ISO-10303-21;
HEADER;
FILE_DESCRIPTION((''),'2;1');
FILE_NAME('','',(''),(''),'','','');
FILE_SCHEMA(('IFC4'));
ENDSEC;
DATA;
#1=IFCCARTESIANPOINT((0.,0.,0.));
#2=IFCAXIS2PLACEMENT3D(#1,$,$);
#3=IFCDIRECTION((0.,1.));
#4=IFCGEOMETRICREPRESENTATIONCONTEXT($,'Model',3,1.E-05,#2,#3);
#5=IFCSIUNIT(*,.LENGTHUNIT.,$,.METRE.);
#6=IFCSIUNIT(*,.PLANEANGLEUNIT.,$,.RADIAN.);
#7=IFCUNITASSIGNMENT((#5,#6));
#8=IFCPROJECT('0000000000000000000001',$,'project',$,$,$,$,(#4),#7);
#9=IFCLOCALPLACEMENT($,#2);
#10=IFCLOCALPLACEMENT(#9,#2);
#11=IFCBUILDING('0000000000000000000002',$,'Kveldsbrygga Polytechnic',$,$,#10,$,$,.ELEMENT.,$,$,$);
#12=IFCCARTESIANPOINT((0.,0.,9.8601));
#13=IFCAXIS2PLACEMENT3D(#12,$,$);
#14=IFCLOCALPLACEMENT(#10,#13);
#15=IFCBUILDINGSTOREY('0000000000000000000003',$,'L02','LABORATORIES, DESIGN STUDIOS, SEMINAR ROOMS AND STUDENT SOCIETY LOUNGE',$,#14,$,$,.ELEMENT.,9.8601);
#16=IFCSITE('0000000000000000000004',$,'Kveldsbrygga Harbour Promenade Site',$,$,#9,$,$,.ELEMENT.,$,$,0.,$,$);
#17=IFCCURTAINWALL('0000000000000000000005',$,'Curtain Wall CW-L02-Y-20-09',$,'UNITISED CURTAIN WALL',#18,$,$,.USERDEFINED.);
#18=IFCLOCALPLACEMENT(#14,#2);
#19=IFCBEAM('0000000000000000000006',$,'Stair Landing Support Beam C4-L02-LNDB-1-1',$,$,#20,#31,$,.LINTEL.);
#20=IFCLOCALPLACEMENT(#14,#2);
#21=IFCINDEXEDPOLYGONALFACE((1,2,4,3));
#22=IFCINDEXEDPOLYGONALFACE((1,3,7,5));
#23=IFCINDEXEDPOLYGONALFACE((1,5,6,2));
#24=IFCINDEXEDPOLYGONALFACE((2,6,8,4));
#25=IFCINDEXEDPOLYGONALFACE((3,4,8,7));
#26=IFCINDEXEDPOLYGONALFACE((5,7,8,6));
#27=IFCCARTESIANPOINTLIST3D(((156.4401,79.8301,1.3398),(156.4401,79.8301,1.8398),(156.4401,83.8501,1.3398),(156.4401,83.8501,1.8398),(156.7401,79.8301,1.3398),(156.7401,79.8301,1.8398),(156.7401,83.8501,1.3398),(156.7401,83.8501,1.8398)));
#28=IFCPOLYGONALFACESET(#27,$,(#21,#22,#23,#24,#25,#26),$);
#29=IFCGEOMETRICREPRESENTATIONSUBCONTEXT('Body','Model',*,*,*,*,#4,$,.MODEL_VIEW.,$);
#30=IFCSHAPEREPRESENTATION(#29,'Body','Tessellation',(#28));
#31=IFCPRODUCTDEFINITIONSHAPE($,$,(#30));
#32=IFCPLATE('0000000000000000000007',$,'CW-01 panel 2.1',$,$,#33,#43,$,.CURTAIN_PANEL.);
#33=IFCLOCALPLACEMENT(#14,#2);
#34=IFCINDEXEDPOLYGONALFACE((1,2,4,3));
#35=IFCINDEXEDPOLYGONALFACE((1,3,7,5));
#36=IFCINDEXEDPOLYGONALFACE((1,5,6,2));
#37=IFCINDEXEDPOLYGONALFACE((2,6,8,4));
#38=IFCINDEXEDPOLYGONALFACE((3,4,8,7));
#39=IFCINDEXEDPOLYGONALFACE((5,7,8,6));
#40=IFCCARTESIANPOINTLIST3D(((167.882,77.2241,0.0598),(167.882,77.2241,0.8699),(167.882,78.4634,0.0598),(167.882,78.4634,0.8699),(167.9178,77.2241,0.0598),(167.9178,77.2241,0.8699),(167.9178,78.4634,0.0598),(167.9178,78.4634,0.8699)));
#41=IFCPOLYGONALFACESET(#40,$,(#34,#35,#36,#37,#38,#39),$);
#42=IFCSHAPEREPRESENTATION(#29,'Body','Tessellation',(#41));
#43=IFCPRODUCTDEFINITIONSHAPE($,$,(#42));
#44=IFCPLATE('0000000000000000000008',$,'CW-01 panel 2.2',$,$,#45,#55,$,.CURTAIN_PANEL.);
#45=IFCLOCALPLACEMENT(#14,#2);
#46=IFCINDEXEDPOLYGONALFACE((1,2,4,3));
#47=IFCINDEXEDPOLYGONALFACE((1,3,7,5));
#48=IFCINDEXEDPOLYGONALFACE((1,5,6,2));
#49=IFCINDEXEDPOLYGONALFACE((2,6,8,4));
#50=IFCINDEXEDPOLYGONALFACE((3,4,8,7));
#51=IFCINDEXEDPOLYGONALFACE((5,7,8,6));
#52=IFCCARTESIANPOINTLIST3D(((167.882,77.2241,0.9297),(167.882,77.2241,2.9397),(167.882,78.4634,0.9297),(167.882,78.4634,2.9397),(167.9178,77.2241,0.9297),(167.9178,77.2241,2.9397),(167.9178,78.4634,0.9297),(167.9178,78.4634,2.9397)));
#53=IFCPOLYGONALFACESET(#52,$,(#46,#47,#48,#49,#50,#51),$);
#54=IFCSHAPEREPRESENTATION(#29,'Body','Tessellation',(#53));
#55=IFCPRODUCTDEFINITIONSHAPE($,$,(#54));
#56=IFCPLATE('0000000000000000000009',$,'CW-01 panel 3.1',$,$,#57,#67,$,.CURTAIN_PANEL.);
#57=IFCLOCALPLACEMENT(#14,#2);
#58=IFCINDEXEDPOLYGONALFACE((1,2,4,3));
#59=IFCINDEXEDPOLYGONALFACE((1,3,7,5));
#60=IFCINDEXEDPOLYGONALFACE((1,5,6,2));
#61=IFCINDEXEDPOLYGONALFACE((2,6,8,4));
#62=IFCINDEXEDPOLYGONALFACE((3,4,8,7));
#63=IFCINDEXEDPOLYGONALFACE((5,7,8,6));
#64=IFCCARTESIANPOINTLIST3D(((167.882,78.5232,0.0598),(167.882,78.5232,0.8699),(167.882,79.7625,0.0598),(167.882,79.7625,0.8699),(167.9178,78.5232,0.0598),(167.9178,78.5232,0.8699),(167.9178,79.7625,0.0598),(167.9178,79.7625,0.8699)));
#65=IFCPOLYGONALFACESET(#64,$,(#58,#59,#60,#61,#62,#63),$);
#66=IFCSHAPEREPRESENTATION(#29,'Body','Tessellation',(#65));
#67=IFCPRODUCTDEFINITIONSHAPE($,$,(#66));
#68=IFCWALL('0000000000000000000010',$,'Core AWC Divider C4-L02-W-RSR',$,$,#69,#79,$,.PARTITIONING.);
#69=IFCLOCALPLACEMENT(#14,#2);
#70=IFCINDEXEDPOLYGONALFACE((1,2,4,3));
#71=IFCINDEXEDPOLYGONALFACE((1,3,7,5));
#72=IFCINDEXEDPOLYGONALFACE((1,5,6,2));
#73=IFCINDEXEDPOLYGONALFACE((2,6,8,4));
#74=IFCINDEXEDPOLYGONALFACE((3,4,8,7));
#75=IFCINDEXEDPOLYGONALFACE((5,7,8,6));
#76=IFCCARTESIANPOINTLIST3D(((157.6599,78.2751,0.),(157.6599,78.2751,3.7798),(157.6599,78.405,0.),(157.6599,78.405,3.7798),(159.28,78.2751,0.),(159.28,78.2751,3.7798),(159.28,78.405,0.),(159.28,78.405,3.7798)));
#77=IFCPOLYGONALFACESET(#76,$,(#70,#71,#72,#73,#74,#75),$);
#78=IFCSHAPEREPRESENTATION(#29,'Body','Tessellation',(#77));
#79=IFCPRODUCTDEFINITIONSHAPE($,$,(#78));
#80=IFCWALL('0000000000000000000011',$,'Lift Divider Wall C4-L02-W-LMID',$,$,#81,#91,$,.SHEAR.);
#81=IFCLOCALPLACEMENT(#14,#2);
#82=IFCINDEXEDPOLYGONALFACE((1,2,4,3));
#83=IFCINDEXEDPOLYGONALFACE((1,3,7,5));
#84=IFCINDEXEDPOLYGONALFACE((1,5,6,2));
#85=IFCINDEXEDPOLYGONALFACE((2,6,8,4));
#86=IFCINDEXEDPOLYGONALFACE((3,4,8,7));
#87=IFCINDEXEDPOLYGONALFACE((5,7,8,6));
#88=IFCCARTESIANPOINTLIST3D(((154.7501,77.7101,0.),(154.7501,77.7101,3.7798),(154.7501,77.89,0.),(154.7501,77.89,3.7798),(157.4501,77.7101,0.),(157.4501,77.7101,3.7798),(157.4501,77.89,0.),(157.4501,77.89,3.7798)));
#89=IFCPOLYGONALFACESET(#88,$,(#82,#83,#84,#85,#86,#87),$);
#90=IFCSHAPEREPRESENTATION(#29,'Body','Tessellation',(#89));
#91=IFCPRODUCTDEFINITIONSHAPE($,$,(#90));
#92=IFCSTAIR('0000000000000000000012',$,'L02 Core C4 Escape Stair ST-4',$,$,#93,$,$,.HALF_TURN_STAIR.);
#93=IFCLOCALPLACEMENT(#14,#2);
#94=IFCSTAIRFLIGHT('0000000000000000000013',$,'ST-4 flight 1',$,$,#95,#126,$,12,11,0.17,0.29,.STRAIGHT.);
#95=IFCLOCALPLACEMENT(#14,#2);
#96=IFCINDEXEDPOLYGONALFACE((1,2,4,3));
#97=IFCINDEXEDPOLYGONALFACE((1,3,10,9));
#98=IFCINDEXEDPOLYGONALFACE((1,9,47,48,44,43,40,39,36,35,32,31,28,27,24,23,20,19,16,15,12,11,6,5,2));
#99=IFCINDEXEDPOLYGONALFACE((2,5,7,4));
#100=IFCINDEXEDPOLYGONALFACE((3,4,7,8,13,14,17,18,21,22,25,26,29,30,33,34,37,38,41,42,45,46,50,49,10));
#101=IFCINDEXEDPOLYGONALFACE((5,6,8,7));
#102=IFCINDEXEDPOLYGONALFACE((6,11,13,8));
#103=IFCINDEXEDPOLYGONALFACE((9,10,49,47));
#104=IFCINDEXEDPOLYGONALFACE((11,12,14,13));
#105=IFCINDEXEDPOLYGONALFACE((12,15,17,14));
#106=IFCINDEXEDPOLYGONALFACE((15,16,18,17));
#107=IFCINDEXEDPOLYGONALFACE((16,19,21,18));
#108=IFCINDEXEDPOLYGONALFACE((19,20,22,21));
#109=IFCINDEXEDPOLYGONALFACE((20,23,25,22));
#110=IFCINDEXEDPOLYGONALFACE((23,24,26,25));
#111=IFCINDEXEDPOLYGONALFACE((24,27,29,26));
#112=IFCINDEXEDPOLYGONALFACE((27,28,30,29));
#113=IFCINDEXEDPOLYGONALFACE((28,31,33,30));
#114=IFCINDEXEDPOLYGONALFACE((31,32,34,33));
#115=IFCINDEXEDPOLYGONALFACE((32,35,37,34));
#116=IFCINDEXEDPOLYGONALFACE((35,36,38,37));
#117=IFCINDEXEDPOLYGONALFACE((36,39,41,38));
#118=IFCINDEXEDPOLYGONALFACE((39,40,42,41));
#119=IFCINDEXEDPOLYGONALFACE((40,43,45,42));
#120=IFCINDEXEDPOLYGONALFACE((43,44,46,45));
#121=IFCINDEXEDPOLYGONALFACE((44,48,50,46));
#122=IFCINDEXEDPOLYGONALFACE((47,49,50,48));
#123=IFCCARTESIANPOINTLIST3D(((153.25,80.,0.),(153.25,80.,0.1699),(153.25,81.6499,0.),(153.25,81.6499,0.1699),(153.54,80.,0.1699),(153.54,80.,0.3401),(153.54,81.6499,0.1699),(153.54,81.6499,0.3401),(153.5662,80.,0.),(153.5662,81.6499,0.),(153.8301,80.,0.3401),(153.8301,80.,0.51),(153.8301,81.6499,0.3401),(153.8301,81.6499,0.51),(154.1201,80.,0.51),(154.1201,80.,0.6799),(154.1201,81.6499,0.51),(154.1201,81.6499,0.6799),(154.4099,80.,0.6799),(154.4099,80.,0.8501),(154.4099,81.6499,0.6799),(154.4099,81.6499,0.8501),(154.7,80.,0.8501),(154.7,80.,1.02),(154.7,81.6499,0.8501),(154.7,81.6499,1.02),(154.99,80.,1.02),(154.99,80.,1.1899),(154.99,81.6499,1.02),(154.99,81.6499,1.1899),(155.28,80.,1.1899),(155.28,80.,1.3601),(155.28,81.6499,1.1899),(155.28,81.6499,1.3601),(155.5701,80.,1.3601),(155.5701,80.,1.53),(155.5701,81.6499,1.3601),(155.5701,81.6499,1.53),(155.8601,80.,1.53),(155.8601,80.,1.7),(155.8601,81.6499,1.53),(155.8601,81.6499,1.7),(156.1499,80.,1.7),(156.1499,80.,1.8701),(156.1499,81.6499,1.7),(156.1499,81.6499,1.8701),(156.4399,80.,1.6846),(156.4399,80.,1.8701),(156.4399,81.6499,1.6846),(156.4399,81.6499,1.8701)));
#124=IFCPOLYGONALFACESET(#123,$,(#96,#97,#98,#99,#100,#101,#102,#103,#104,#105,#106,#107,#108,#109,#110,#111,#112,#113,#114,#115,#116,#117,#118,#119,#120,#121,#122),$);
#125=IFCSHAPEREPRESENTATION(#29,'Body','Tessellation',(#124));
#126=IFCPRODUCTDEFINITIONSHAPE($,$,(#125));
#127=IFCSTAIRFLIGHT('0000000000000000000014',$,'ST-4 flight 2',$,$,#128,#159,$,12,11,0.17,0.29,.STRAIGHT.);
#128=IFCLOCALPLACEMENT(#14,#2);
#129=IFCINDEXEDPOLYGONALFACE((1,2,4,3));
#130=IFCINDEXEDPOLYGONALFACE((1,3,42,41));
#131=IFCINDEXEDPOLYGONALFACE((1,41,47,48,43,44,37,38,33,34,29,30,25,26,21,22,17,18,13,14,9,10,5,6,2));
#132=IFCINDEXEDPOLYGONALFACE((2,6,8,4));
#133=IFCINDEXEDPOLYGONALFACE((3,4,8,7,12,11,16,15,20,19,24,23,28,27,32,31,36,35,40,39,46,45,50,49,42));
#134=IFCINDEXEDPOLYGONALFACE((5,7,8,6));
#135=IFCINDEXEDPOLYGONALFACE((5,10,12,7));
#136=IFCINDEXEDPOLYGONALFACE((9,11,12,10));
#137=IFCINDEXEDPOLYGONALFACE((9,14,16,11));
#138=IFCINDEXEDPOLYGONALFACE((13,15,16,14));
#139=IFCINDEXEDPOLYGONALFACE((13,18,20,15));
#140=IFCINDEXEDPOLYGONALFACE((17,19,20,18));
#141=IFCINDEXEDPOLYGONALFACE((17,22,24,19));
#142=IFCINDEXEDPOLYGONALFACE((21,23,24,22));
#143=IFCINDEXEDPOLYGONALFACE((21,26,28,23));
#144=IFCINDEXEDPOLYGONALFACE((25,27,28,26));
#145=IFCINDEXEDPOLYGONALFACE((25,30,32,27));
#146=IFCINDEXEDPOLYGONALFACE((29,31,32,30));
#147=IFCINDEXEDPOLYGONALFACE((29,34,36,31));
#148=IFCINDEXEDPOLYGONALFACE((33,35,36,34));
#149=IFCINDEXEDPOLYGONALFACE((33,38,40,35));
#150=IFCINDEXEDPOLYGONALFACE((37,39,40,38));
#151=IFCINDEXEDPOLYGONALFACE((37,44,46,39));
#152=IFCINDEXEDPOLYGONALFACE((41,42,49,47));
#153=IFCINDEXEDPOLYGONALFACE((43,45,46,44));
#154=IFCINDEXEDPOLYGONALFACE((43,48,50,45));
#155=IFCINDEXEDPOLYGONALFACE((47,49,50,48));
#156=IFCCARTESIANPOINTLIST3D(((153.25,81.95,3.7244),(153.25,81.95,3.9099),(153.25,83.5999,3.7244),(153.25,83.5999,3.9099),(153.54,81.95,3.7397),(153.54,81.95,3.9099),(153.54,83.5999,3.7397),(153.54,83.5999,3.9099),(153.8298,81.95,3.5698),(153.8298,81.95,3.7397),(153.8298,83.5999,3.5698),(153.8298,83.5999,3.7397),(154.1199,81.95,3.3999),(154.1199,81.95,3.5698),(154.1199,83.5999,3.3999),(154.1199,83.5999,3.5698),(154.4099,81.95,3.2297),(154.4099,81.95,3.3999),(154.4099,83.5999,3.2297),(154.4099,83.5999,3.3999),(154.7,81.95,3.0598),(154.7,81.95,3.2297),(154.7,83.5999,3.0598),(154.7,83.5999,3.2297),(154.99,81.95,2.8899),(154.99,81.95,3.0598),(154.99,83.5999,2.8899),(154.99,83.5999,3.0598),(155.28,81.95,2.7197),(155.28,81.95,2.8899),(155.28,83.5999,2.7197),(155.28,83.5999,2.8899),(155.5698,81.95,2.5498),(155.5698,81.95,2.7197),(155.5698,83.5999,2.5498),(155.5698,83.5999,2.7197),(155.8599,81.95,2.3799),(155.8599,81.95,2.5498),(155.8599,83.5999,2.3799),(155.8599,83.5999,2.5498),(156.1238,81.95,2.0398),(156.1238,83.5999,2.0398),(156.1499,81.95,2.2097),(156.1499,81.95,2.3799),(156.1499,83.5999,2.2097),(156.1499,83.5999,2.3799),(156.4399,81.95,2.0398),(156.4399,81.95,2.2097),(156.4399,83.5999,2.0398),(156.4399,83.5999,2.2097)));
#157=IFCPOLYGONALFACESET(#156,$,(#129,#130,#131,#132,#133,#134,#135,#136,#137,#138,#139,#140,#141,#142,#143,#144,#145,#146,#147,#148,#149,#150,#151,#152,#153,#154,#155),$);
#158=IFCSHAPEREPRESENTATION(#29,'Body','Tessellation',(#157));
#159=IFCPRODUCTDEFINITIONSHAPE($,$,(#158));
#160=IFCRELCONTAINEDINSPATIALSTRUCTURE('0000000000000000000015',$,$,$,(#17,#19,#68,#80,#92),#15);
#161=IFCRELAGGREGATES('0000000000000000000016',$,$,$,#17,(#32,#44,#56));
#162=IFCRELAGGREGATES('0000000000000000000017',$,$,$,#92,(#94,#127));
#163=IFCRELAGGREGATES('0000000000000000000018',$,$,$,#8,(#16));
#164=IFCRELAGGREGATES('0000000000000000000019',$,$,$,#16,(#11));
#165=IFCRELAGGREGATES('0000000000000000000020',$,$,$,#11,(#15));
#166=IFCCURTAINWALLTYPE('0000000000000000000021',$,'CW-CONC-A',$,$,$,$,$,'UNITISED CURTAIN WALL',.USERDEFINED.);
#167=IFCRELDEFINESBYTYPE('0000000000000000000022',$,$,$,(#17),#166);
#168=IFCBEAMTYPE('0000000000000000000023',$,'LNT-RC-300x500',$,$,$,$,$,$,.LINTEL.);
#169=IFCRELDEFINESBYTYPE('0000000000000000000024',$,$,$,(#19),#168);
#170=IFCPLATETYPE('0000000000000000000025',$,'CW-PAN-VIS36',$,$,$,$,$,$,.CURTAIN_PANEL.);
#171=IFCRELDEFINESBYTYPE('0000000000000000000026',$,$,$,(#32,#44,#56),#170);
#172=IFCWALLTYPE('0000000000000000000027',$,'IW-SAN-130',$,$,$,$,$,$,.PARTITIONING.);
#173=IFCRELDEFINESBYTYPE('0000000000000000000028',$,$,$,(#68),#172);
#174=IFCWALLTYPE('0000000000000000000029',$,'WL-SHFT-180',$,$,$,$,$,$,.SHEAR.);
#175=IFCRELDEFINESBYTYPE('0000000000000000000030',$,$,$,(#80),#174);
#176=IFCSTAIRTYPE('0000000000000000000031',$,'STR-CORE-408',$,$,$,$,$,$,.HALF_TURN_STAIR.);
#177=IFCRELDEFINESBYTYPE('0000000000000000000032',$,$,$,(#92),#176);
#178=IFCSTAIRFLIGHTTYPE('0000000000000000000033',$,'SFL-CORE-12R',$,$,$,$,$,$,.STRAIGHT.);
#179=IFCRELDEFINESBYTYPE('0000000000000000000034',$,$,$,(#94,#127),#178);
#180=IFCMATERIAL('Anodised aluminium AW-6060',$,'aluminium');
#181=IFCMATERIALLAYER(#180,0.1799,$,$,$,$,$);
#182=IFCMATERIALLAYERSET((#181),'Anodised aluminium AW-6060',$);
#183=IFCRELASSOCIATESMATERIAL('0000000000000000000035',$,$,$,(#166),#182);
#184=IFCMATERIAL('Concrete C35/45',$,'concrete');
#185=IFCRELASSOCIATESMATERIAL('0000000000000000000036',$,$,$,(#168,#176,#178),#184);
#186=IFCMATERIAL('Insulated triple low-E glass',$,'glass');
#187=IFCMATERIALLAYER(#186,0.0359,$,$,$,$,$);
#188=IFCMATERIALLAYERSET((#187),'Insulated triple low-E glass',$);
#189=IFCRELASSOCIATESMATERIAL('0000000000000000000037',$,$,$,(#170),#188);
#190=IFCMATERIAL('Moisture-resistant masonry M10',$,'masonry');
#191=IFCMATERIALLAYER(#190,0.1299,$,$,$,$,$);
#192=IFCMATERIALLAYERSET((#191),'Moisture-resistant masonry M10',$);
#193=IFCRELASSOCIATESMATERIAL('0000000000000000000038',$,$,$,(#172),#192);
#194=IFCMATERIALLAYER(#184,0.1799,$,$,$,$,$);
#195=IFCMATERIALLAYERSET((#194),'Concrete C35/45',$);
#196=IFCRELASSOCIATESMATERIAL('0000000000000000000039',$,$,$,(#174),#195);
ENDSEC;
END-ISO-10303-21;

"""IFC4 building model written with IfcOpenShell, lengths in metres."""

from ifc_helpers import new_model, si_unit, direction, frame, frame_2d, origin, origin_2d, place, context, subcontext, project, spatial, polyline, rectangle, outline, extrude, material, layer, layer_set, material_profile, profile_set, type_object, element, aggregate, save


model = new_model("IFC4")

# Units and contexts
model_context = context("Model", 3, precision=1e-05, world=origin(), true_north=direction((0.0, 1.0)))
body_context = subcontext(model_context, "Body", "Model", "MODEL_VIEW")
ifc_project = project(units=[si_unit("LENGTHUNIT", "METRE"), si_unit("PLANEANGLEUNIT", "RADIAN")], contexts=[model_context])

# Site, building, storey
site_placement = place(None, origin())
site = spatial("IfcSite", under=ifc_project, at=site_placement, Name="Kveldsbrygga Harbour Promenade Site", CompositionType="ELEMENT", RefElevation=0.0)
building_placement = place(site_placement, origin())
building = spatial("IfcBuilding", under=site, at=building_placement, Name="Kveldsbrygga Polytechnic", CompositionType="ELEMENT")
storey_placement = place(building_placement, frame((0.0, 0.0, 9.8601)))
storey = spatial("IfcBuildingStorey", under=building, at=storey_placement, Name="L02", Description="LABORATORIES, DESIGN STUDIOS, SEMINAR ROOMS AND STUDENT SOCIETY LOUNGE", CompositionType="ELEMENT", Elevation=9.8601)

# Shared definitions
ifc_material_1 = material(Name="Concrete C35/45", Category="concrete")

# Curtain wall
ifc_material_2 = material(Name="Anodised aluminium AW-6060", Category="aluminium")
ifc_layer_1 = layer(ifc_material_2, 0.1799)
ifc_layer_set_1 = layer_set([ifc_layer_1], Name="Anodised aluminium AW-6060")
curtain_wall_type = type_object("IfcCurtainWallType", Name="CW-CONC-A", ElementType="UNITISED CURTAIN WALL", PredefinedType="USERDEFINED", material=ifc_layer_set_1)
curtain_wall_placement = place(storey_placement, origin())
curtain_wall = element("IfcCurtainWall", 1, at=curtain_wall_placement, inside=storey, type_object=curtain_wall_type, Name="Curtain Wall CW-L02-Y-20-09", ObjectType="UNITISED CURTAIN WALL", PredefinedType="USERDEFINED")

# Beam
ifc_material_profile_1 = material_profile(ifc_material_1, rectangle(XDim=0.3, YDim=0.5, at=origin_2d()), Name="RC 300x500")
ifc_profile_set_1 = profile_set([ifc_material_profile_1], Name="Concrete C35/45")
beam_type_1 = type_object("IfcBeamType", Name="LNT-RC-300x500", PredefinedType="LINTEL", material=ifc_profile_set_1)
beam_1_placement = place(storey_placement, frame((156.5901, 79.8301, 1.5898), z_axis=(0.0, 1.0, 0.0), x_axis=(-1.0, 0.0, 0.0)))
element("IfcBeam", 2, at=beam_1_placement, inside=storey, type_object=beam_type_1, Name="Stair Landing Support Beam C4-L02-LNDB-1-1", PredefinedType="LINTEL", context=body_context, shape_type="SweptSolid", body=[
    extrude(rectangle(XDim=0.3, YDim=0.5, at=origin_2d()), origin(), (0.0, 0.0, 1.0), 4.02),
])

# Plates
ifc_material_3 = material(Name="Insulated triple low-E glass", Category="glass")
ifc_layer_2 = layer(ifc_material_3, 0.0359)
ifc_layer_set_2 = layer_set([ifc_layer_2], Name="Insulated triple low-E glass")
plate_type = type_object("IfcPlateType", Name="CW-PAN-VIS36", PredefinedType="CURTAIN_PANEL", material=ifc_layer_set_2)
plate_1_placement = place(storey_placement, frame((167.8999, 77.8438, 0.0598), z_axis=(0.0, 0.0, 1.0), x_axis=(0.0, 1.0, 0.0)))
plate_1 = element("IfcPlate", 3, at=plate_1_placement, type_object=plate_type, Name="CW-01 panel 2.1", PredefinedType="CURTAIN_PANEL", context=body_context, shape_type="SweptSolid", body=[
    extrude(rectangle(XDim=1.2393, YDim=0.0359, at=origin_2d()), origin(), (0.0, 0.0, 1.0), 0.8101),
])
plate_2_placement = place(storey_placement, frame((167.8999, 77.8438, 0.9297), z_axis=(0.0, 0.0, 1.0), x_axis=(0.0, 1.0, 0.0)))
plate_2 = element("IfcPlate", 4, at=plate_2_placement, type_object=plate_type, Name="CW-01 panel 2.2", PredefinedType="CURTAIN_PANEL", context=body_context, shape_type="SweptSolid", body=[
    extrude(rectangle(XDim=1.2393, YDim=0.0359, at=origin_2d()), origin(), (0.0, 0.0, 1.0), 2.01),
])
plate_3_placement = place(storey_placement, frame((167.8999, 79.1428, 0.0598), z_axis=(0.0, 0.0, 1.0), x_axis=(0.0, 1.0, 0.0)))
plate_3 = element("IfcPlate", 5, at=plate_3_placement, type_object=plate_type, Name="CW-01 panel 3.1", PredefinedType="CURTAIN_PANEL", context=body_context, shape_type="SweptSolid", body=[
    extrude(rectangle(XDim=1.2393, YDim=0.0359, at=origin_2d()), origin(), (0.0, 0.0, 1.0), 0.8101),
])
aggregate(curtain_wall, [plate_1, plate_2, plate_3])

# Walls
ifc_material_4 = material(Name="Moisture-resistant masonry M10", Category="masonry")
ifc_layer_3 = layer(ifc_material_4, 0.1299)
ifc_layer_set_3 = layer_set([ifc_layer_3], Name="Moisture-resistant masonry M10")
wall_type_1 = type_object("IfcWallType", Name="IW-SAN-130", PredefinedType="PARTITIONING", material=ifc_layer_set_3)
wall_1_placement = place(storey_placement, frame((157.6599, 78.3401, 0.0), z_axis=(0.0, 0.0, 1.0), x_axis=(1.0, 0.0, 0.0)))
element("IfcWall", 6, at=wall_1_placement, inside=storey, type_object=wall_type_1, Name="Core AWC Divider C4-L02-W-RSR", PredefinedType="PARTITIONING", context=body_context, shape_type="SweptSolid", body=[
    extrude(rectangle(XDim=1.6201, YDim=0.1299, at=frame_2d((0.8101, 0.0))), origin(), (0.0, 0.0, 1.0), 3.7798),
])
ifc_layer_4 = layer(ifc_material_1, 0.1799)
ifc_layer_set_4 = layer_set([ifc_layer_4], Name="Concrete C35/45")
wall_type_2 = type_object("IfcWallType", Name="WL-SHFT-180", PredefinedType="SHEAR", material=ifc_layer_set_4)
wall_2_placement = place(storey_placement, frame((154.75, 77.8, 0.0), z_axis=(0.0, 0.0, 1.0), x_axis=(1.0, 0.0, 0.0)))
element("IfcWall", 7, at=wall_2_placement, inside=storey, type_object=wall_type_2, Name="Lift Divider Wall C4-L02-W-LMID", PredefinedType="SHEAR", context=body_context, shape_type="SweptSolid", body=[
    extrude(rectangle(XDim=2.7, YDim=0.1799, at=frame_2d((1.3501, 0.0))), origin(), (0.0, 0.0, 1.0), 3.7798),
])

# Stair, stair flights
stair_type = type_object("IfcStairType", Name="STR-CORE-408", PredefinedType="HALF_TURN_STAIR", material=ifc_material_1)
stair_placement = place(storey_placement, origin())
stair = element("IfcStair", 8, at=stair_placement, inside=storey, type_object=stair_type, Name="L02 Core C4 Escape Stair ST-4", PredefinedType="HALF_TURN_STAIR")
stair_flight_type = type_object("IfcStairFlightType", Name="SFL-CORE-12R", PredefinedType="STRAIGHT", material=ifc_material_1)
stair_flight_1_placement = place(storey_placement, frame((153.25, 80.825, 0.0), z_axis=(0.0, 0.0, 1.0), x_axis=(1.0, 0.0, 0.0)))
stair_flight_1 = element("IfcStairFlight", 9, at=stair_flight_1_placement, type_object=stair_flight_type, Name="ST-4 flight 1", NumberOfRisers=12, NumberOfTreads=11, PredefinedType="STRAIGHT", RiserHeight=0.17, TreadLength=0.29, context=body_context, shape_type="SweptSolid", body=[
    extrude(outline(polyline([(0.0, 0.0), (0.0, 0.1699), (0.29, 0.1699), (0.29, 0.3401), (0.5801, 0.3401), (0.5801, 0.51), (0.8701, 0.51), (0.8701, 0.6799), (1.1599, 0.6799), (1.1599, 0.8501), (1.45, 0.8501), (1.45, 1.02), (1.74, 1.02), (1.74, 1.1899), (2.03, 1.1899), (2.03, 1.3601), (2.3201, 1.3601), (2.3201, 1.53), (2.6101, 1.53), (2.6101, 1.7), (2.8999, 1.7), (2.8999, 1.8701), (3.1899, 1.8701), (3.1899, 2.04), (3.1899, 1.6846), (0.3162, 0.0), (0.0, 0.0)])), frame((0.0, 0.825, 0.0), z_axis=(0.0, -1.0, 0.0), x_axis=(1.0, 0.0, 0.0)), (0.0, 0.0, 1.0), 1.6499),
])
stair_flight_2_placement = place(storey_placement, frame((156.4399, 82.7749, 2.0398), z_axis=(0.0, 0.0, 1.0), x_axis=(-1.0, 0.0, 0.0)))
stair_flight_2 = element("IfcStairFlight", 10, at=stair_flight_2_placement, type_object=stair_flight_type, Name="ST-4 flight 2", NumberOfRisers=12, NumberOfTreads=11, PredefinedType="STRAIGHT", RiserHeight=0.17, TreadLength=0.29, context=body_context, shape_type="SweptSolid", body=[
    extrude(outline(polyline([(0.0, 0.0), (0.0, 0.1699), (0.29, 0.1699), (0.29, 0.3401), (0.5801, 0.3401), (0.5801, 0.51), (0.8701, 0.51), (0.8701, 0.6799), (1.1599, 0.6799), (1.1599, 0.8501), (1.45, 0.8501), (1.45, 1.02), (1.74, 1.02), (1.74, 1.1899), (2.03, 1.1899), (2.03, 1.3601), (2.3201, 1.3601), (2.3201, 1.53), (2.6101, 1.53), (2.6101, 1.7), (2.8999, 1.7), (2.8999, 1.8701), (3.1899, 1.8701), (3.1899, 2.04), (3.1899, 1.6846), (0.3162, 0.0), (0.0, 0.0)])), frame((0.0, 0.825, 0.0), z_axis=(0.0, -1.0, 0.0), x_axis=(1.0, 0.0, 0.0)), (0.0, 0.0, 1.0), 1.6499),
])
aggregate(stair, [stair_flight_1, stair_flight_2])

save(model, "model.ifc")
